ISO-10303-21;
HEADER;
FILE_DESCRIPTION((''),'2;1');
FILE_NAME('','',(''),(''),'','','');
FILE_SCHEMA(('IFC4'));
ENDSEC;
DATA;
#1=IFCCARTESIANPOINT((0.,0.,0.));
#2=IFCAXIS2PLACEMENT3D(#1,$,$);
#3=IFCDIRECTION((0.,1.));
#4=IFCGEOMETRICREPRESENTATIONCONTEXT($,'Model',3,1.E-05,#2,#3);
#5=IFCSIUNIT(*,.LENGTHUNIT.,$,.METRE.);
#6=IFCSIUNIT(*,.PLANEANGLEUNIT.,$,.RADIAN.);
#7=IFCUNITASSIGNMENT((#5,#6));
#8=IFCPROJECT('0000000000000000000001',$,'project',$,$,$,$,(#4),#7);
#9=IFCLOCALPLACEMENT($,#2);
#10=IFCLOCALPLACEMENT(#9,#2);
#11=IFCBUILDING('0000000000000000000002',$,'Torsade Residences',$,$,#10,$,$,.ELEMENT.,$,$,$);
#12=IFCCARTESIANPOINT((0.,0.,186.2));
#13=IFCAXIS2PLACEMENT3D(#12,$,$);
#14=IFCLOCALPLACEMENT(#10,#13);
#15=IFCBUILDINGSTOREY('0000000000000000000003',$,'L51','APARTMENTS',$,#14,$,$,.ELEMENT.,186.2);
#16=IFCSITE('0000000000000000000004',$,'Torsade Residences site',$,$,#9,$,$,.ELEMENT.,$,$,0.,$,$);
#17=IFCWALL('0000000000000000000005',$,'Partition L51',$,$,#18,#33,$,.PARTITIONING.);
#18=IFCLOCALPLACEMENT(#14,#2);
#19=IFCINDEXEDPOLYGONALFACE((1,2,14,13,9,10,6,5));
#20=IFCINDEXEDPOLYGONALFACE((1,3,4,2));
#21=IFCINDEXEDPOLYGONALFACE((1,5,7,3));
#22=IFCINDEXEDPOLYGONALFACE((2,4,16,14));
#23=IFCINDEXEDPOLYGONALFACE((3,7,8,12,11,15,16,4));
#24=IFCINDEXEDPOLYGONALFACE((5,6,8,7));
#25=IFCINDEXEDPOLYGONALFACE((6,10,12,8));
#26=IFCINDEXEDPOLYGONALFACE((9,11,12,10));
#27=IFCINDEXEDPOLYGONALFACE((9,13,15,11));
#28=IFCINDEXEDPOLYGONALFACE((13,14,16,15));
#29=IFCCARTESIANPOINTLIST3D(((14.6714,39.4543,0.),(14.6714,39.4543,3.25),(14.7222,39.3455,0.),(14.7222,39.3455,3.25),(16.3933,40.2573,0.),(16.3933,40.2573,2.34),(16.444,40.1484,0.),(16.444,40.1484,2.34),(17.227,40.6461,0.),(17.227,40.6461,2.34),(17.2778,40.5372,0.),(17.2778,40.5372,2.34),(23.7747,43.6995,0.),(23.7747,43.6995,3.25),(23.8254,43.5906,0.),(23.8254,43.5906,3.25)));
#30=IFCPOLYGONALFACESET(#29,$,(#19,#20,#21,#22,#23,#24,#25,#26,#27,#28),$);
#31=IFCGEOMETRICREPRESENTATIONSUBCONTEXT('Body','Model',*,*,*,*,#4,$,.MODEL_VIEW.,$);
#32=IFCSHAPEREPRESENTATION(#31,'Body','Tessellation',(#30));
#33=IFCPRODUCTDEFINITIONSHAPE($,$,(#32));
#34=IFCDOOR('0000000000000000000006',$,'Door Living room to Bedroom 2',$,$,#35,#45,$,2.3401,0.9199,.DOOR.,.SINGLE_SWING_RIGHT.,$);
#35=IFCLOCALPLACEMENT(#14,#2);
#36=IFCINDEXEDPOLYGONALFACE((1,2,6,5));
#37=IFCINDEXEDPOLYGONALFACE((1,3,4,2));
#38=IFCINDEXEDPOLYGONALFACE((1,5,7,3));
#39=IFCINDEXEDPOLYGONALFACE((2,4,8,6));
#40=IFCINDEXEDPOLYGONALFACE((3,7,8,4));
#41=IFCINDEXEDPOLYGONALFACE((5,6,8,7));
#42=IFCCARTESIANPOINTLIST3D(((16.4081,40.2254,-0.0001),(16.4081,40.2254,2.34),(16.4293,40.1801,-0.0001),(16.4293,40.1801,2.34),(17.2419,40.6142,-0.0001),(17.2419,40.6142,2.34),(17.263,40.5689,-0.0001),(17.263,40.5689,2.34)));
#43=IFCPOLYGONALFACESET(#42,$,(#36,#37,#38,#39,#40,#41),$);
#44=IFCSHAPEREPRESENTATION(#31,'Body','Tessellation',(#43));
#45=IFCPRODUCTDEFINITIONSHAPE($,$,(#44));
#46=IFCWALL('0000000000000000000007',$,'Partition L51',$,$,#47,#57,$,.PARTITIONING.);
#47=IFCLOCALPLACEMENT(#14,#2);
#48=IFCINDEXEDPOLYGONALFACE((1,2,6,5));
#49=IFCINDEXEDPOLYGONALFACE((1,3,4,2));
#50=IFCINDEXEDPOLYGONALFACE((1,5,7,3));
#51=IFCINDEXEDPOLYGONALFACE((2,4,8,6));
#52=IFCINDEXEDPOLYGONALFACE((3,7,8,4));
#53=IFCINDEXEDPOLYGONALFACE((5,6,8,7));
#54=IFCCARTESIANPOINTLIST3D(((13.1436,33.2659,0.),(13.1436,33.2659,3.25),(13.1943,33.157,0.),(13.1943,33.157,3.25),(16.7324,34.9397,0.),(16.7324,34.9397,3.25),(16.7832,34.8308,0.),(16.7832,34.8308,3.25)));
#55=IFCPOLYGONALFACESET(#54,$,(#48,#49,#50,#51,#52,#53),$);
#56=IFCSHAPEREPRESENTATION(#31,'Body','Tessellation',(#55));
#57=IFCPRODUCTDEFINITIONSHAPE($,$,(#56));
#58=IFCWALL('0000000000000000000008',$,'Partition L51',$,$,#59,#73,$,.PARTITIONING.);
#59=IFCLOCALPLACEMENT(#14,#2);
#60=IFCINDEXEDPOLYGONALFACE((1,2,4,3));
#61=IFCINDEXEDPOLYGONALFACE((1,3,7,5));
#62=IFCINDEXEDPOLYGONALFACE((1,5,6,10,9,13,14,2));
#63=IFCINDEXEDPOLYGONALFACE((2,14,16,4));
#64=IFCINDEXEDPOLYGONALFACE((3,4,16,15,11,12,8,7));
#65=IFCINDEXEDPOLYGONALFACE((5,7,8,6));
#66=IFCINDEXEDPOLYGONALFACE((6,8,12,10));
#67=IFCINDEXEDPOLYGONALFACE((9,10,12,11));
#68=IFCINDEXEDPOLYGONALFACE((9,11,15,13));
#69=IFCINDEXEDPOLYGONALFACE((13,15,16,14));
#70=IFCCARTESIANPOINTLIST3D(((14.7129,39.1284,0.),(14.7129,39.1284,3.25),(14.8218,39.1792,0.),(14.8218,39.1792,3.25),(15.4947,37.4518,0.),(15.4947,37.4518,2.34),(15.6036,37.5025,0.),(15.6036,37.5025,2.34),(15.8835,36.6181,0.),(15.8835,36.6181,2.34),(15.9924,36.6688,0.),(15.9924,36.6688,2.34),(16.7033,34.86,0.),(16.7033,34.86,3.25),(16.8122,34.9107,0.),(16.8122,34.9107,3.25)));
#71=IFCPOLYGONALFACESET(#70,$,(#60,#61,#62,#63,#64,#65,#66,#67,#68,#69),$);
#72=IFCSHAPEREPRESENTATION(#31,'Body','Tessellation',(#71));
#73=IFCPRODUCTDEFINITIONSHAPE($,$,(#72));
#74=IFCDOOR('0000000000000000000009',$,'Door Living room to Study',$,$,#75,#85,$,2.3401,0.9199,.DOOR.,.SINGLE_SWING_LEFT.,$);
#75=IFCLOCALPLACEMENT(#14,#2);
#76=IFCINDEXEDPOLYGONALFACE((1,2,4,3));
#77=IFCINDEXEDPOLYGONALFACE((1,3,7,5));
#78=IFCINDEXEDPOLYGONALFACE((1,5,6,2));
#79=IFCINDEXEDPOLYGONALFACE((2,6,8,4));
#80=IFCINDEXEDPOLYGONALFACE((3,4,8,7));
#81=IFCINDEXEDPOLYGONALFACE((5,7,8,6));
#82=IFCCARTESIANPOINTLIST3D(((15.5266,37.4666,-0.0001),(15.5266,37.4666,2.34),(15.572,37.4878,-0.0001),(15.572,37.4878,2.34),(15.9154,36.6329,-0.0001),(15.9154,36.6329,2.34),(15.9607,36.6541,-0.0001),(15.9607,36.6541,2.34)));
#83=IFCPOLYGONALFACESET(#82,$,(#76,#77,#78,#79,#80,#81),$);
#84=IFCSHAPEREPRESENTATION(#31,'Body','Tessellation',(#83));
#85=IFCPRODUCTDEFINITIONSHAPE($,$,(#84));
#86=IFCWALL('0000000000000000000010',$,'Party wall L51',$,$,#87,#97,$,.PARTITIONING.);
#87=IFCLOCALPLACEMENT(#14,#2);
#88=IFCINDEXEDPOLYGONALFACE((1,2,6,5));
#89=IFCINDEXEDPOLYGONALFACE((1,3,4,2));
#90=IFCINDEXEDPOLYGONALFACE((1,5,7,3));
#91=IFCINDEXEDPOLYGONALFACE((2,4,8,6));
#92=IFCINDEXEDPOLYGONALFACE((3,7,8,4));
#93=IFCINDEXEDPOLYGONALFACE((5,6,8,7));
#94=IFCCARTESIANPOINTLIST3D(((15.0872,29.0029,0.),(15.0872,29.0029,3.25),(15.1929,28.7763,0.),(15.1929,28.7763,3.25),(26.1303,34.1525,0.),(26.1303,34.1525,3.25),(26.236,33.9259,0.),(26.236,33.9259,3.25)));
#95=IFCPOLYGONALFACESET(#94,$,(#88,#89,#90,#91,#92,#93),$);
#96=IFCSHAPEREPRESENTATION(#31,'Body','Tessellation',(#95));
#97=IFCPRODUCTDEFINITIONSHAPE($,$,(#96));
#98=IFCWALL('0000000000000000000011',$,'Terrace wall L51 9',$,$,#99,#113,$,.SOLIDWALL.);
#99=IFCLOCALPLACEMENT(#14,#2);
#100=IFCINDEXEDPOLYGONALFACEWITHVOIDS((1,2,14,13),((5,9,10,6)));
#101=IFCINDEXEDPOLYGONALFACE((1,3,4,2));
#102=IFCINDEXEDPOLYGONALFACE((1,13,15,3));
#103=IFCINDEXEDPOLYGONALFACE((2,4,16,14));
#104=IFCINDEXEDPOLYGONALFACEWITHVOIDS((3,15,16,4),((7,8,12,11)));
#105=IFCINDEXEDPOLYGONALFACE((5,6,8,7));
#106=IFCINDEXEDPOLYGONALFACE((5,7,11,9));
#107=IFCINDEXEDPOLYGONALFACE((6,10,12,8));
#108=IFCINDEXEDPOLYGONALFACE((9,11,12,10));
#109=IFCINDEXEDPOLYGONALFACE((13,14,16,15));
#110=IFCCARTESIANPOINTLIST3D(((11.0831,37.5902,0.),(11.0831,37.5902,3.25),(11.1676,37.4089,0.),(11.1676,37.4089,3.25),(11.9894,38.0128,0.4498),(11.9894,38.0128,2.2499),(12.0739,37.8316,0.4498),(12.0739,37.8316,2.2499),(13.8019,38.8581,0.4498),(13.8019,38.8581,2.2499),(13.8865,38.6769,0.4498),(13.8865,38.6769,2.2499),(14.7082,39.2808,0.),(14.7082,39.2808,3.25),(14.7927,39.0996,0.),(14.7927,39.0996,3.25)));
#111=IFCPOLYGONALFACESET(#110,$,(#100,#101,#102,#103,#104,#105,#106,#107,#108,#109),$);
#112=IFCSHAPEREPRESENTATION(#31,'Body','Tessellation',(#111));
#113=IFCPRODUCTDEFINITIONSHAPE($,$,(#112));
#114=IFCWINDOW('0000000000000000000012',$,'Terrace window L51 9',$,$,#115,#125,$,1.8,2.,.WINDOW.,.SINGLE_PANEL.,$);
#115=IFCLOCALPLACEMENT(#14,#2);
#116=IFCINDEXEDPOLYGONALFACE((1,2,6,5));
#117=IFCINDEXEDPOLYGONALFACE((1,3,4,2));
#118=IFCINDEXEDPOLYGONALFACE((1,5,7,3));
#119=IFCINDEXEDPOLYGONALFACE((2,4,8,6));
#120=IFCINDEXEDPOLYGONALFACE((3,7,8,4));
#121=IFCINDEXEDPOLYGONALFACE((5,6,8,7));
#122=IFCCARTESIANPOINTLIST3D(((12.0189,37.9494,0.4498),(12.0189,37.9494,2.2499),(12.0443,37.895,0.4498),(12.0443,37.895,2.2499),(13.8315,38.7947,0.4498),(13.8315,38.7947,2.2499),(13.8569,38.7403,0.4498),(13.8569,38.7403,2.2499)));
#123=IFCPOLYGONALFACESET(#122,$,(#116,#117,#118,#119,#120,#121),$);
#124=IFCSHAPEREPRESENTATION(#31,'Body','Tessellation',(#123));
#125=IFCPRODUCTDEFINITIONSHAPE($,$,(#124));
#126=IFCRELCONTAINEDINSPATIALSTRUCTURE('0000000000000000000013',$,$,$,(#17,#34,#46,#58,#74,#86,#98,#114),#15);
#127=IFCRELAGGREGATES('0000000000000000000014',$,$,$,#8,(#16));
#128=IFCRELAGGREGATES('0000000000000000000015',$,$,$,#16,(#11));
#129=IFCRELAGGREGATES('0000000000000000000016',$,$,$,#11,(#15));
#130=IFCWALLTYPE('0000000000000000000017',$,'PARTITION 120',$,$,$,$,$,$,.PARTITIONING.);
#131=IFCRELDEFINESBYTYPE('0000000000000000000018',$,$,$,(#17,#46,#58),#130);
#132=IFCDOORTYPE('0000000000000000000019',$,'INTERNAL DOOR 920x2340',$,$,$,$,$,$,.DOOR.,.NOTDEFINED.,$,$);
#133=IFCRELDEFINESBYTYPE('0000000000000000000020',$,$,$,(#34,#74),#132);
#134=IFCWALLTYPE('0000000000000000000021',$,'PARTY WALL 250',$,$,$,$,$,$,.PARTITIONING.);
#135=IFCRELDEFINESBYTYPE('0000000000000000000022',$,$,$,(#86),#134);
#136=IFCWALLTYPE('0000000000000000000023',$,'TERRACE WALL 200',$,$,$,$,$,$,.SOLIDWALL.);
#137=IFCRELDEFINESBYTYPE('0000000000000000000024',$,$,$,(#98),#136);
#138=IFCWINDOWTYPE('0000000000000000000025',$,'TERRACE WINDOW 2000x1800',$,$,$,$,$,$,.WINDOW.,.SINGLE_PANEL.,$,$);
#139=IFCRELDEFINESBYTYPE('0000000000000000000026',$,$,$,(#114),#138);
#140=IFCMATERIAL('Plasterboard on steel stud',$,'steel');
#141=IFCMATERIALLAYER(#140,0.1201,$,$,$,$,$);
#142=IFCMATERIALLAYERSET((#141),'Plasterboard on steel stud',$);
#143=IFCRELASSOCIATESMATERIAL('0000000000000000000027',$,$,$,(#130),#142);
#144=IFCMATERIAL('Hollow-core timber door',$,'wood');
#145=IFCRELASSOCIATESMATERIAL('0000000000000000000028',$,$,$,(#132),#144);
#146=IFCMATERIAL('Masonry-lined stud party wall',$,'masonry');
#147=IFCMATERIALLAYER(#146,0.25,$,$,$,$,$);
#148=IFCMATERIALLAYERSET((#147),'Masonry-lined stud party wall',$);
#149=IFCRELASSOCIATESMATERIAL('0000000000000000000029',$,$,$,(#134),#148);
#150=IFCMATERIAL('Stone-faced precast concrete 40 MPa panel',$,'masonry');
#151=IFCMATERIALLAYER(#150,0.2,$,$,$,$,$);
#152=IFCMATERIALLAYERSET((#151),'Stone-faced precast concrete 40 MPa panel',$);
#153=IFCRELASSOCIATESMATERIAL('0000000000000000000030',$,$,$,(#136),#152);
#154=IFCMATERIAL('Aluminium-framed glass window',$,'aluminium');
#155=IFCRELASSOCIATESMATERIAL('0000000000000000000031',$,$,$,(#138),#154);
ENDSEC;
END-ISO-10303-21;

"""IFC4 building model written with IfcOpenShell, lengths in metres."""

from ifc_helpers import new_model, si_unit, direction, frame, frame_2d, origin, place, context, subcontext, project, spatial, rectangle, extrude, material, layer, layer_set, type_object, element, fill, save


model = new_model("IFC4")

# Units and contexts
model_context = context("Model", 3, precision=1e-05, world=origin(), true_north=direction((0.0, 1.0)))
body_context = subcontext(model_context, "Body", "Model", "MODEL_VIEW")
ifc_project = project(units=[si_unit("LENGTHUNIT", "METRE"), si_unit("PLANEANGLEUNIT", "RADIAN")], contexts=[model_context])

# Site, building, storey
site_placement = place(None, origin())
site = spatial("IfcSite", under=ifc_project, at=site_placement, Name="Torsade Residences site", CompositionType="ELEMENT", RefElevation=0.0)
building_placement = place(site_placement, origin())
building = spatial("IfcBuilding", under=site, at=building_placement, Name="Torsade Residences", CompositionType="ELEMENT")
storey_placement = place(building_placement, frame((0.0, 0.0, 186.2)))
storey = spatial("IfcBuildingStorey", under=building, at=storey_placement, Name="L51", Description="APARTMENTS", CompositionType="ELEMENT", Elevation=186.2)

# Wall, opening, door
ifc_material_1 = material(Name="Plasterboard on steel stud", Category="steel")
ifc_layer_1 = layer(ifc_material_1, 0.1201)
ifc_layer_set_1 = layer_set([ifc_layer_1], Name="Plasterboard on steel stud")
wall_type_1 = type_object("IfcWallType", Name="PARTITION 120", PredefinedType="PARTITIONING", material=ifc_layer_set_1)
wall_1_placement = place(storey_placement, frame((14.6968, 39.3999, 0.0), z_axis=(0.0, 0.0, 1.0), x_axis=(0.9063, 0.422634, 0.0)))
wall_1 = element("IfcWall", 1, at=wall_1_placement, inside=storey, type_object=wall_type_1, Name="Partition L51", PredefinedType="PARTITIONING", context=body_context, shape_type="SweptSolid", body=[
    extrude(rectangle(XDim=10.0444, YDim=0.1201, at=frame_2d((5.0222, 0.0))), origin(), (0.0, 0.0, 1.0), 3.25),
])
opening_1_placement = place(wall_1_placement, frame((1.8999, 0.0, 0.0)))
opening_1 = element("IfcOpeningElement", 2, at=opening_1_placement, cuts=wall_1, PredefinedType="OPENING", context=body_context, shape_type="SweptSolid", body=[
    extrude(rectangle(XDim=0.9199, YDim=2.3401, at=frame_2d((0.46, 1.1699))), frame((0.0, 0.0701, 0.0), z_axis=(0.0, -1.0, 0.0), x_axis=(1.0, 0.0, 0.0)), (0.0, 0.0, 1.0), 0.1401),
])
ifc_material_2 = material(Name="Hollow-core timber door", Category="wood")
door_type_1 = type_object("IfcDoorType", Name="INTERNAL DOOR 920x2340", OperationType="NOTDEFINED", PredefinedType="DOOR", material=ifc_material_2)
door_1_placement = place(opening_1_placement, origin())
door_1 = element("IfcDoor", 3, at=door_1_placement, inside=storey, type_object=door_type_1, Name="Door Living room to Bedroom 2", OperationType="SINGLE_SWING_RIGHT", OverallHeight=2.3401, OverallWidth=0.9199, PredefinedType="DOOR", context=body_context, shape_type="SweptSolid", body=[
    extrude(rectangle(XDim=0.9199, YDim=2.3401, at=frame_2d((0.46, 1.1699))), frame((0.0, 0.0249, 0.0), z_axis=(0.0, -1.0, 0.0), x_axis=(1.0, 0.0, 0.0)), (0.0, 0.0, 1.0), 0.05),
])
fill(opening_1, door_1)

# Wall
wall_2_placement = place(storey_placement, frame((13.1689, 33.2114, 0.0), z_axis=(0.0, 0.0, 1.0), x_axis=(0.906278, 0.422683, 0.0)))
element("IfcWall", 4, at=wall_2_placement, inside=storey, type_object=wall_type_1, Name="Partition L51", PredefinedType="PARTITIONING", context=body_context, shape_type="SweptSolid", body=[
    extrude(rectangle(XDim=3.96, YDim=0.1201, at=frame_2d((1.98, 0.0))), origin(), (0.0, 0.0, 1.0), 3.25),
])

# Wall, opening, door
wall_3_placement = place(storey_placement, frame((16.7578, 34.8853, 0.0), z_axis=(0.0, 0.0, 1.0), x_axis=(-0.422622, 0.906306, 0.0)))
wall_3 = element("IfcWall", 5, at=wall_3_placement, inside=storey, type_object=wall_type_1, Name="Partition L51", PredefinedType="PARTITIONING", context=body_context, shape_type="SweptSolid", body=[
    extrude(rectangle(XDim=4.7097, YDim=0.1201, at=frame_2d((2.355, 0.0))), origin(), (0.0, 0.0, 1.0), 3.25),
])
opening_2_placement = place(wall_3_placement, frame((1.9399, 0.0, 0.0)))
opening_2 = element("IfcOpeningElement", 6, at=opening_2_placement, cuts=wall_3, PredefinedType="OPENING", context=body_context, shape_type="SweptSolid", body=[
    extrude(rectangle(XDim=0.9199, YDim=2.3401, at=frame_2d((0.46, 1.1699))), frame((0.0, 0.0701, 0.0), z_axis=(0.0, -1.0, 0.0), x_axis=(1.0, 0.0, 0.0)), (0.0, 0.0, 1.0), 0.1401),
])
door_2_placement = place(opening_2_placement, origin())
door_2 = element("IfcDoor", 7, at=door_2_placement, inside=storey, type_object=door_type_1, Name="Door Living room to Study", OperationType="SINGLE_SWING_LEFT", OverallHeight=2.3401, OverallWidth=0.9199, PredefinedType="DOOR", context=body_context, shape_type="SweptSolid", body=[
    extrude(rectangle(XDim=0.9199, YDim=2.3401, at=frame_2d((0.46, 1.1699))), frame((0.0, 0.0249, 0.0), z_axis=(0.0, -1.0, 0.0), x_axis=(1.0, 0.0, 0.0)), (0.0, 0.0, 1.0), 0.05),
])
fill(opening_2, door_2)

# Wall
ifc_material_3 = material(Name="Masonry-lined stud party wall", Category="masonry")
ifc_layer_2 = layer(ifc_material_3, 0.25)
ifc_layer_set_2 = layer_set([ifc_layer_2], Name="Masonry-lined stud party wall")
wall_type_2 = type_object("IfcWallType", Name="PARTY WALL 250", PredefinedType="PARTITIONING", material=ifc_layer_set_2)
wall_4_placement = place(storey_placement, frame((15.1401, 28.8896, 0.0), z_axis=(0.0, 0.0, 1.0), x_axis=(0.906304, 0.422627, 0.0)))
element("IfcWall", 8, at=wall_4_placement, inside=storey, type_object=wall_type_2, Name="Party wall L51", PredefinedType="PARTITIONING", context=body_context, shape_type="SweptSolid", body=[
    extrude(rectangle(XDim=12.1848, YDim=0.25, at=frame_2d((6.0923, 0.0))), origin(), (0.0, 0.0, 1.0), 3.25),
])

# Wall, opening, window
ifc_material_4 = material(Name="Stone-faced precast concrete 40 MPa panel", Category="masonry")
ifc_layer_3 = layer(ifc_material_4, 0.2)
ifc_layer_set_3 = layer_set([ifc_layer_3], Name="Stone-faced precast concrete 40 MPa panel")
wall_type_3 = type_object("IfcWallType", Name="TERRACE WALL 200", PredefinedType="SOLIDWALL", material=ifc_layer_set_3)
wall_5_placement = place(storey_placement, frame((14.7505, 39.1902, 0.0), z_axis=(0.0, 0.0, 1.0), x_axis=(-0.906289, -0.422658, 0.0)))
wall_5 = element("IfcWall", 9, at=wall_5_placement, inside=storey, type_object=wall_type_3, Name="Terrace wall L51 9", PredefinedType="SOLIDWALL", context=body_context, shape_type="SweptSolid", body=[
    extrude(rectangle(XDim=4.0, YDim=0.2, at=frame_2d((2.0, 0.0))), origin(), (0.0, 0.0, 1.0), 3.25),
])
opening_3_placement = place(wall_5_placement, frame((1.0, 0.0, 0.45)))
opening_3 = element("IfcOpeningElement", 10, at=opening_3_placement, cuts=wall_5, PredefinedType="OPENING", context=body_context, shape_type="SweptSolid", body=[
    extrude(rectangle(XDim=2.0, YDim=1.8, at=frame_2d((1.0, 0.8999))), frame((0.0, 0.1099, 0.0), z_axis=(0.0, -1.0, 0.0), x_axis=(1.0, 0.0, 0.0)), (0.0, 0.0, 1.0), 0.22),
])
ifc_material_5 = material(Name="Aluminium-framed glass window", Category="aluminium")
window_type = type_object("IfcWindowType", Name="TERRACE WINDOW 2000x1800", PartitioningType="SINGLE_PANEL", PredefinedType="WINDOW", material=ifc_material_5)
window_placement = place(opening_3_placement, origin())
window = element("IfcWindow", 11, at=window_placement, inside=storey, type_object=window_type, Name="Terrace window L51 9", OverallHeight=1.8, OverallWidth=2.0, PartitioningType="SINGLE_PANEL", PredefinedType="WINDOW", context=body_context, shape_type="SweptSolid", body=[
    extrude(rectangle(XDim=2.0, YDim=1.8, at=frame_2d((1.0, 0.8999))), frame((0.0, 0.03, 0.0), z_axis=(0.0, -1.0, 0.0), x_axis=(1.0, 0.0, 0.0)), (0.0, 0.0, 1.0), 0.0601),
])
fill(opening_3, window)

save(model, "model.ifc")
